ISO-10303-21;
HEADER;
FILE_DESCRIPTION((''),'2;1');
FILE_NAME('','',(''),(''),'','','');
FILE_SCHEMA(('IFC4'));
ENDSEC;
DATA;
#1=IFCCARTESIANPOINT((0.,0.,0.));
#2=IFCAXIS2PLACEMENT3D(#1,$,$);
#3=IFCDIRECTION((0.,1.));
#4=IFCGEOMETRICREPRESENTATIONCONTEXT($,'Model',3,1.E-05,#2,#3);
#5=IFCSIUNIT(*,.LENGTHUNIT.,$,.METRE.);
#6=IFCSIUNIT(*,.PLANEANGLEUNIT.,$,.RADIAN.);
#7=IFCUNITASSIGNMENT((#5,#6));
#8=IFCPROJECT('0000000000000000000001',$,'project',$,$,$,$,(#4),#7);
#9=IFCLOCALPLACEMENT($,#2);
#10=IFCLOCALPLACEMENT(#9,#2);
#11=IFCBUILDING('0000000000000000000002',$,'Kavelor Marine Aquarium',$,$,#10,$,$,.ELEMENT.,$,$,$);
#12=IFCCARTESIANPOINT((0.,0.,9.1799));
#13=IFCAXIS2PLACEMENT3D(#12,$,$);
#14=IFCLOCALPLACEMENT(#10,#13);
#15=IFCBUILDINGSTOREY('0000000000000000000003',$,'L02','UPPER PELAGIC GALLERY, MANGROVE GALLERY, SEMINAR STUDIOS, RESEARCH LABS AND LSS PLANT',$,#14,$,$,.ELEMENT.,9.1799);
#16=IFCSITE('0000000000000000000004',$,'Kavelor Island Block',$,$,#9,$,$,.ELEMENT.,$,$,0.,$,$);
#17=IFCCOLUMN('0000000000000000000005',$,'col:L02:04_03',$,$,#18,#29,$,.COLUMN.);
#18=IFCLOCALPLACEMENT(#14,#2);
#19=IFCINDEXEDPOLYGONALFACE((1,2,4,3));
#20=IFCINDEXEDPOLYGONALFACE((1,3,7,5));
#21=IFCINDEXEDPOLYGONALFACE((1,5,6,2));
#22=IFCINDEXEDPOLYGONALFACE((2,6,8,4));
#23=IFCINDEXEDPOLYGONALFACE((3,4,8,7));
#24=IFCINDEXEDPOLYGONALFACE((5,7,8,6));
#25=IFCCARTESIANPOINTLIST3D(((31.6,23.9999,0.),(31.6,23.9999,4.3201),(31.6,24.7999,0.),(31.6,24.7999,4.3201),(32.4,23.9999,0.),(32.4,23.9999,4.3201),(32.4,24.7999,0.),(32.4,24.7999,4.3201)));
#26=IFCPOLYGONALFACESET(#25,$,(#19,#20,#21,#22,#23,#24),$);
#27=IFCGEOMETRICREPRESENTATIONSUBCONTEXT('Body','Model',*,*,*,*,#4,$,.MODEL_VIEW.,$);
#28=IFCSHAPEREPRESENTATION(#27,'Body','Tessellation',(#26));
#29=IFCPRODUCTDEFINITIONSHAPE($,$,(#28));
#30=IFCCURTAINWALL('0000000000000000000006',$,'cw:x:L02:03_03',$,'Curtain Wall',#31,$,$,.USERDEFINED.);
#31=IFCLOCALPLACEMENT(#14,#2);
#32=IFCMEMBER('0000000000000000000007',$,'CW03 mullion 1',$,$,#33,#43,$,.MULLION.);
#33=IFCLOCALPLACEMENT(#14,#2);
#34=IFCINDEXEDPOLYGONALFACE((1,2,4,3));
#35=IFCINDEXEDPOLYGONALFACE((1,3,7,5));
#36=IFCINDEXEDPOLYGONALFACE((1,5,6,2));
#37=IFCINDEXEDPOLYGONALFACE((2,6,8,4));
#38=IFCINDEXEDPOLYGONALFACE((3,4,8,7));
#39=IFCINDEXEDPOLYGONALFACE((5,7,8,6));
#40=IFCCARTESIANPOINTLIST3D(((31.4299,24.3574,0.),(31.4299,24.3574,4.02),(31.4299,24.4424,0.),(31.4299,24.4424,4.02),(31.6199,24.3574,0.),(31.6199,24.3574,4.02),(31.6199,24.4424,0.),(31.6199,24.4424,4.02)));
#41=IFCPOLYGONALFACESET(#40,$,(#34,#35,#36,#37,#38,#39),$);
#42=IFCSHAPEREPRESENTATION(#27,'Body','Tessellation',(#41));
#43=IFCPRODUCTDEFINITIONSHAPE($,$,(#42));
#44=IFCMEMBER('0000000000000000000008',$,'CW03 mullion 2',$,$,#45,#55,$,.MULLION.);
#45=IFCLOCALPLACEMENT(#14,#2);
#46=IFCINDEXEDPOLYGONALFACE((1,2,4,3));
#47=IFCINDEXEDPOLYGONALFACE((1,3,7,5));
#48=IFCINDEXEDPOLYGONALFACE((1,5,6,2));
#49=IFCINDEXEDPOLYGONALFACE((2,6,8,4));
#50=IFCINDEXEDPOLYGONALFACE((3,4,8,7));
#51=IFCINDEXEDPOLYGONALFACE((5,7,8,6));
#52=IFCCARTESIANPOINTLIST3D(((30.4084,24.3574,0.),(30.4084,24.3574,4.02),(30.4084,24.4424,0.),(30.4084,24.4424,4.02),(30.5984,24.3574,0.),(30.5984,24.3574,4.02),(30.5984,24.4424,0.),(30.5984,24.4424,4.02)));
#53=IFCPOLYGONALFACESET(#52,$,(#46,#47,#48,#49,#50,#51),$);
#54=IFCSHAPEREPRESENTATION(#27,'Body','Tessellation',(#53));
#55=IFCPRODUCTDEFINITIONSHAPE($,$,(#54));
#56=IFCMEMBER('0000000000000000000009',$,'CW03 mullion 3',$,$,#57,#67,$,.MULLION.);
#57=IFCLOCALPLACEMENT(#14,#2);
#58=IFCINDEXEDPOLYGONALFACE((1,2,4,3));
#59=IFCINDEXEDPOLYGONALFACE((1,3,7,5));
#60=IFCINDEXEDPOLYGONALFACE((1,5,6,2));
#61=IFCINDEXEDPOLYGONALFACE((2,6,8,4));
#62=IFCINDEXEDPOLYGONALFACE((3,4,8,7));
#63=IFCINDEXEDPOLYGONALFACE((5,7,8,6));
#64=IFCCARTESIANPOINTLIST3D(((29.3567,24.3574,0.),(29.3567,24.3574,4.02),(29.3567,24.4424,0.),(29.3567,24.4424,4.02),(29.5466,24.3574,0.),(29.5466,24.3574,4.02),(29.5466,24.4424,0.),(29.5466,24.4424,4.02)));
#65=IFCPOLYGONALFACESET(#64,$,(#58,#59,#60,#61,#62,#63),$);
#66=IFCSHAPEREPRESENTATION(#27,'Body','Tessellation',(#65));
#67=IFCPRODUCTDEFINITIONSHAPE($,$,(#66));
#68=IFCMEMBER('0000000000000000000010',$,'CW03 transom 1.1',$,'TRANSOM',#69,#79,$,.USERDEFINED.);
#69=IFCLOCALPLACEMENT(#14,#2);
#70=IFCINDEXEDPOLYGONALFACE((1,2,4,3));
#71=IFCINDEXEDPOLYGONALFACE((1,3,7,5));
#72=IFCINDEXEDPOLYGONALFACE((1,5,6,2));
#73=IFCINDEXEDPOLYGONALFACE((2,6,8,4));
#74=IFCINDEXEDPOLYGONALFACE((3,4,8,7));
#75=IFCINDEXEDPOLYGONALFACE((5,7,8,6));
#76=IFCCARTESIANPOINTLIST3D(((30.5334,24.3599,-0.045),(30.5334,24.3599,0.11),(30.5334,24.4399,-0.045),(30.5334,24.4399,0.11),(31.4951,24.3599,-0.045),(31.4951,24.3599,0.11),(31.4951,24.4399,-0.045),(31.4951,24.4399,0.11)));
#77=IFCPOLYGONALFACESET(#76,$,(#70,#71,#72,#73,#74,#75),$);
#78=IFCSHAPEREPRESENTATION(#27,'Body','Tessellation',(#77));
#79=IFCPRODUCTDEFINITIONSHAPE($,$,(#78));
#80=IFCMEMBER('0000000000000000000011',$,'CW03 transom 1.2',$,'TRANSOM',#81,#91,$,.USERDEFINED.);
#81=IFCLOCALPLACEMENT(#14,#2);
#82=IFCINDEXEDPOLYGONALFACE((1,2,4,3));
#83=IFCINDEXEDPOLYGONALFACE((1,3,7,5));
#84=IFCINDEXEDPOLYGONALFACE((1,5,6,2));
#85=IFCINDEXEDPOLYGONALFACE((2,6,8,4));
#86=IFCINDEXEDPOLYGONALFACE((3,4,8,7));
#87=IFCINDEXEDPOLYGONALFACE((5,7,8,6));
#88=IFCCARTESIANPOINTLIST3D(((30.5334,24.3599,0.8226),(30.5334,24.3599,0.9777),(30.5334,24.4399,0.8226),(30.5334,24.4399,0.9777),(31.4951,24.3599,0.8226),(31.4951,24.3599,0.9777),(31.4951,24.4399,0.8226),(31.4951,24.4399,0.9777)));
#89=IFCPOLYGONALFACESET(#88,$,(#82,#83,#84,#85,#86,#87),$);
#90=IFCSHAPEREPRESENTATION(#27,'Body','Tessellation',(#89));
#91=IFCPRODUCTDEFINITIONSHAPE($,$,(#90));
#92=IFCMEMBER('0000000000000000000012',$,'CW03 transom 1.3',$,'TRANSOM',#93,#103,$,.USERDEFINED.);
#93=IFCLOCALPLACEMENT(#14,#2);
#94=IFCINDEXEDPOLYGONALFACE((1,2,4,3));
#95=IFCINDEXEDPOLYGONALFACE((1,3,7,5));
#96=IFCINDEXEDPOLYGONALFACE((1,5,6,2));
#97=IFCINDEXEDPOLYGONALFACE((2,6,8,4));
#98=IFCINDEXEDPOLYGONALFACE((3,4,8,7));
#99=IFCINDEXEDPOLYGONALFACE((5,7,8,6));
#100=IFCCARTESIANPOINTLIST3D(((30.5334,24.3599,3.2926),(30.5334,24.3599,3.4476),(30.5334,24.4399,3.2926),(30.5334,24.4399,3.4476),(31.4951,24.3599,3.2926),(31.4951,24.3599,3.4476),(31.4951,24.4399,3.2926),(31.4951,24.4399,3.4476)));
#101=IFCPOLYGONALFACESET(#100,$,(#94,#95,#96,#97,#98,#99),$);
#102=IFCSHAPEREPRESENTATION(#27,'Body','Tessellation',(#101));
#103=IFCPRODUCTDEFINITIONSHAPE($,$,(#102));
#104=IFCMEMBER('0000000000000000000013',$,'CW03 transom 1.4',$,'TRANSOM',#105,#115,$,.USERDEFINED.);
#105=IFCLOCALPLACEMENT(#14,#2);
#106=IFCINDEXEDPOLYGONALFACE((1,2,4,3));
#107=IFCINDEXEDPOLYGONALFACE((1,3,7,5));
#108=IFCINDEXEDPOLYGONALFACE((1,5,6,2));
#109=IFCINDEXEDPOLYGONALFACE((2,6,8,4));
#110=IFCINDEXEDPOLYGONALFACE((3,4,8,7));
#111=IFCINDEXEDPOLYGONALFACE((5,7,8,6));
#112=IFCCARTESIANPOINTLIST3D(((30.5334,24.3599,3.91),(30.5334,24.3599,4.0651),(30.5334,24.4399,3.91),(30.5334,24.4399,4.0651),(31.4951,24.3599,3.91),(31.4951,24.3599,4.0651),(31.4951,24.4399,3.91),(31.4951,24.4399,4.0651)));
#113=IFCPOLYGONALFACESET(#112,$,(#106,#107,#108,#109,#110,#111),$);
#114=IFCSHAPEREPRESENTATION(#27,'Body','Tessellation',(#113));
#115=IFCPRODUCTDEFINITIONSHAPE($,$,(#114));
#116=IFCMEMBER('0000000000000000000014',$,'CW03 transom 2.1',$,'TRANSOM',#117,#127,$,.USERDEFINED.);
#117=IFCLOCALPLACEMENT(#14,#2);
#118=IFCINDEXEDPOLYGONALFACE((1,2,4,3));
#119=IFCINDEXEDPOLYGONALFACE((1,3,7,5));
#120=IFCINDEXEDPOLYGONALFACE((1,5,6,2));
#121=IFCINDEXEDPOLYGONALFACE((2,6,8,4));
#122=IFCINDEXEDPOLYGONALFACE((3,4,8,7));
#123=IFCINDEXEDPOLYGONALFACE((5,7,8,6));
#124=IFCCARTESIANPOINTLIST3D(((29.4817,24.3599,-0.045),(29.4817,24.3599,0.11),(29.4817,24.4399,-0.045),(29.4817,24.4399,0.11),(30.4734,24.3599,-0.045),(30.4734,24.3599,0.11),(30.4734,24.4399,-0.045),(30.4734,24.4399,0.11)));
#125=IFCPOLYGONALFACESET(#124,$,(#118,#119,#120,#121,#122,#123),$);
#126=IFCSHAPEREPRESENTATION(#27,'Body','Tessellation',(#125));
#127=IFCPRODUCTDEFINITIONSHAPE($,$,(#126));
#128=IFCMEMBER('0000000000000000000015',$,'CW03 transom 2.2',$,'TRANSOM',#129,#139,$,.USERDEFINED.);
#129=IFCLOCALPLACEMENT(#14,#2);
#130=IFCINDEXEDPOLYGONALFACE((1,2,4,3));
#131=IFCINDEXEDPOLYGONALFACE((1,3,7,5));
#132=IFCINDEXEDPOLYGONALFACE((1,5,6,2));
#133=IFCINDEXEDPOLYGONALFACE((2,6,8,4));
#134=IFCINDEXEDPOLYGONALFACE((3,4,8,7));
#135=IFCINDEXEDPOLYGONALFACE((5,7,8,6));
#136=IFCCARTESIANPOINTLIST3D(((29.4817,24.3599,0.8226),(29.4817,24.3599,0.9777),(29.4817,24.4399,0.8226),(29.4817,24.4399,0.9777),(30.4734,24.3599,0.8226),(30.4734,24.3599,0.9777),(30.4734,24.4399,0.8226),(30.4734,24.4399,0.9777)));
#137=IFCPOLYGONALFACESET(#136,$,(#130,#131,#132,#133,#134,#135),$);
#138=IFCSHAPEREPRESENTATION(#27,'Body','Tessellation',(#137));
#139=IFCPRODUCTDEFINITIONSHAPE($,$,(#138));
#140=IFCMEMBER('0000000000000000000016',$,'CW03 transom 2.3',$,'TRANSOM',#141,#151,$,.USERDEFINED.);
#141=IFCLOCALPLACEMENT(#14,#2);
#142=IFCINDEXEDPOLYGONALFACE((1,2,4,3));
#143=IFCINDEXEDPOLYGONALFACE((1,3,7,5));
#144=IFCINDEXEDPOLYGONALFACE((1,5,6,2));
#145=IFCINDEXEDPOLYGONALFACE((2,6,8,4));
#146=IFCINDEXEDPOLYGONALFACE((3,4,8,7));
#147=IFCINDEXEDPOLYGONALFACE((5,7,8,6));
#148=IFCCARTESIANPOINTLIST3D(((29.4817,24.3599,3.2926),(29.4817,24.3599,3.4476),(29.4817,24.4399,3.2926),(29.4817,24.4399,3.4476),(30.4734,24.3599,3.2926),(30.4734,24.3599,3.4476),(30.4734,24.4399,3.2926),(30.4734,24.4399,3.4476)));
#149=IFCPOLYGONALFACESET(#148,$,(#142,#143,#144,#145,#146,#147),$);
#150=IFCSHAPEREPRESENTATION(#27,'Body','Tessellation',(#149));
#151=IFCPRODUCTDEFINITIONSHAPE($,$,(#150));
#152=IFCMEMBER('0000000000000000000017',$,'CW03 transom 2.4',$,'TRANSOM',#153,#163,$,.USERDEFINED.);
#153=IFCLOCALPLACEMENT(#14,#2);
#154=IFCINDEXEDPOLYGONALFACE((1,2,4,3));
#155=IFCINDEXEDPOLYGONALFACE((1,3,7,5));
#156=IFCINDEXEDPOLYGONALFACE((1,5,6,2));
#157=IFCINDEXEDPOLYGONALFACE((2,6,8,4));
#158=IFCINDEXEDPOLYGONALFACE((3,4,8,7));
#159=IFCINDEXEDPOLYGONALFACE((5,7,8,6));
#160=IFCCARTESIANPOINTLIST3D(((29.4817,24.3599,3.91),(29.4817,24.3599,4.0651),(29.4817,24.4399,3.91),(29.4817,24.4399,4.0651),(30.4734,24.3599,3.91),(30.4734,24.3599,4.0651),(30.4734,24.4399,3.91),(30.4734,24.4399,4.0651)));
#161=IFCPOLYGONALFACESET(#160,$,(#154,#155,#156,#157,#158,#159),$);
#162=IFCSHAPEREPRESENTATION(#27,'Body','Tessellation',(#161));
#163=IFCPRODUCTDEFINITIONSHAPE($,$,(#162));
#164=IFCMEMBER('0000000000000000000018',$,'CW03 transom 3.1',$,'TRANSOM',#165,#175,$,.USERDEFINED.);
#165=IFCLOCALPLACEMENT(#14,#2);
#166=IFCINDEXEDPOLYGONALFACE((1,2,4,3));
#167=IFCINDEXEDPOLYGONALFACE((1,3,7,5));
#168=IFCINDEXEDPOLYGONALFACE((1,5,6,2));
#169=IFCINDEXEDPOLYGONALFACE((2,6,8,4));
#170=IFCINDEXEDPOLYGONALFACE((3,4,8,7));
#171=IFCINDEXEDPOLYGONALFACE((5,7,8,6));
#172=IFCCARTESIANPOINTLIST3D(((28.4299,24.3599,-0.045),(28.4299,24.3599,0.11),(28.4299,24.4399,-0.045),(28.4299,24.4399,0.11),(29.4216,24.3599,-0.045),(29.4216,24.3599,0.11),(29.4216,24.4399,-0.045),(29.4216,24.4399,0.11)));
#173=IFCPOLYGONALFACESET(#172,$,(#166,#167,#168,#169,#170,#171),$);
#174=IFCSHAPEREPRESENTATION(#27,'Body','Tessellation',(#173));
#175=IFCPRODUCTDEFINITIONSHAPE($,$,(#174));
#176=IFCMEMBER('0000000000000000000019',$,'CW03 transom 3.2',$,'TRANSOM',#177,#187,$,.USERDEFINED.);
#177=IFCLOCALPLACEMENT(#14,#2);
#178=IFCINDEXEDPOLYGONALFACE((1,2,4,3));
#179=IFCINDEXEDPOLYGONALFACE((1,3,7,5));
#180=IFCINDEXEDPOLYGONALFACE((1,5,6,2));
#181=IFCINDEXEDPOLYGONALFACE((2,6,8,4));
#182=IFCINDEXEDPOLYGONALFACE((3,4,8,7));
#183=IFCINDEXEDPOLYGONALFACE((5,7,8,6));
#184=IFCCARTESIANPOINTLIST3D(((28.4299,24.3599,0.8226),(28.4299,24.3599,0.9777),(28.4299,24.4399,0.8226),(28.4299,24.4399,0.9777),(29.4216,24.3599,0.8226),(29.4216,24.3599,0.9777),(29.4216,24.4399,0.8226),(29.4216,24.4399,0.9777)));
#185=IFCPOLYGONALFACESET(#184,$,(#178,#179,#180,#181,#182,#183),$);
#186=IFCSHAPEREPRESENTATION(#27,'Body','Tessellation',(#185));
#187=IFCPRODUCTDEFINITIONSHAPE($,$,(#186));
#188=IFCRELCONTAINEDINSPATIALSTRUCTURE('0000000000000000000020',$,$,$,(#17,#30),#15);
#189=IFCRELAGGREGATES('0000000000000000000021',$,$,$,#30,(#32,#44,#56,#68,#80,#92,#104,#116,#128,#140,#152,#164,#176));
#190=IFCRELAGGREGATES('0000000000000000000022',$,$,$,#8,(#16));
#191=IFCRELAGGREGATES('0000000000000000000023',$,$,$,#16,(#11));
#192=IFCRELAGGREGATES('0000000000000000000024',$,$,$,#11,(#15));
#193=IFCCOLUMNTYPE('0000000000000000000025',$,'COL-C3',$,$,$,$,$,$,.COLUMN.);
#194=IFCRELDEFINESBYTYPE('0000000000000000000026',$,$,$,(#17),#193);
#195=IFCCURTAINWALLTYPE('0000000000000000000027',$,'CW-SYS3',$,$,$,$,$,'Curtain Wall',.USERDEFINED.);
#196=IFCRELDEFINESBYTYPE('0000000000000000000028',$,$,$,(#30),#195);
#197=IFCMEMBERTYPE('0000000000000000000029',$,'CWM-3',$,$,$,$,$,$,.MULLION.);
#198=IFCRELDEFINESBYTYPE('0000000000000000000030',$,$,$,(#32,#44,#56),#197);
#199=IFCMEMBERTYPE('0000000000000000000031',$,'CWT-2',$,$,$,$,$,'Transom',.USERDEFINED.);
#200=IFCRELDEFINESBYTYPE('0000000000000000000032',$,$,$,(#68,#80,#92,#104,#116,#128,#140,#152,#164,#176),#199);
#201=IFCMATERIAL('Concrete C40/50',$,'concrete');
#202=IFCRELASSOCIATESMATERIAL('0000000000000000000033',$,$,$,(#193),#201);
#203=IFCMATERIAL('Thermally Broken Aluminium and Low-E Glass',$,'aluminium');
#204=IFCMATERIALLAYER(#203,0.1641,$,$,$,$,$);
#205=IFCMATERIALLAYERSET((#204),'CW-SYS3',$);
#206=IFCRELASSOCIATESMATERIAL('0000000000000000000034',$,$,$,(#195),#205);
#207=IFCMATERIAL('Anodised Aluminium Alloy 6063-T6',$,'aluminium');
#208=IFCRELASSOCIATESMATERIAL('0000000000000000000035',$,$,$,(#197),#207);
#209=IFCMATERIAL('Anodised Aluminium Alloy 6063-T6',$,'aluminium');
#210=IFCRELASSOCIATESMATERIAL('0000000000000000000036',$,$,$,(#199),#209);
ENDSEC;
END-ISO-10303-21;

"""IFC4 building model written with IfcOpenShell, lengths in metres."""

from ifc_helpers import new_model, si_unit, direction, frame, origin, origin_2d, place, context, subcontext, project, spatial, rectangle, extrude, material, layer, layer_set, material_profile, profile_set, type_object, element, aggregate, save


model = new_model("IFC4")

# Units and contexts
model_context = context("Model", 3, precision=1e-05, world=origin(), true_north=direction((0.0, 1.0)))
body_context = subcontext(model_context, "Body", "Model", "MODEL_VIEW")
ifc_project = project(units=[si_unit("LENGTHUNIT", "METRE"), si_unit("PLANEANGLEUNIT", "RADIAN")], contexts=[model_context])

# Site, building, storey
site_placement = place(None, origin())
site = spatial("IfcSite", under=ifc_project, at=site_placement, Name="Kavelor Island Block", CompositionType="ELEMENT", RefElevation=0.0)
building_placement = place(site_placement, origin())
building = spatial("IfcBuilding", under=site, at=building_placement, Name="Kavelor Marine Aquarium", CompositionType="ELEMENT")
storey_placement = place(building_placement, frame((0.0, 0.0, 9.1799)))
storey = spatial("IfcBuildingStorey", under=building, at=storey_placement, Name="L02", Description="UPPER PELAGIC GALLERY, MANGROVE GALLERY, SEMINAR STUDIOS, RESEARCH LABS AND LSS PLANT", CompositionType="ELEMENT", Elevation=9.1799)

# Column
ifc_material_1 = material(Name="Concrete C40/50", Category="concrete")
ifc_material_profile_1 = material_profile(ifc_material_1, rectangle(XDim=0.8, YDim=0.8, at=origin_2d()), Name="RC-COL 800x800")
ifc_profile_set_1 = profile_set([ifc_material_profile_1], Name="Concrete C40/50")
column_type = type_object("IfcColumnType", Name="COL-C3", PredefinedType="COLUMN", material=ifc_profile_set_1)
column_placement = place(storey_placement, frame((32.0, 24.3999, 0.0), z_axis=(0.0, 0.0, 1.0), x_axis=(1.0, 0.0, 0.0)))
element("IfcColumn", 1, at=column_placement, inside=storey, type_object=column_type, Name="col:L02:04_03", PredefinedType="COLUMN", context=body_context, shape_type="SweptSolid", body=[
    extrude(rectangle(XDim=0.8, YDim=0.8, at=origin_2d()), origin(), (0.0, 0.0, 1.0), 4.3201),
])

# Curtain wall, members
ifc_material_2 = material(Name="Thermally Broken Aluminium and Low-E Glass", Category="aluminium")
ifc_layer_1 = layer(ifc_material_2, 0.1641)
ifc_layer_set_1 = layer_set([ifc_layer_1], Name="CW-SYS3")
curtain_wall_type = type_object("IfcCurtainWallType", Name="CW-SYS3", ElementType="Curtain Wall", PredefinedType="USERDEFINED", material=ifc_layer_set_1)
curtain_wall_placement = place(storey_placement, origin())
curtain_wall = element("IfcCurtainWall", 2, at=curtain_wall_placement, inside=storey, type_object=curtain_wall_type, Name="cw:x:L02:03_03", ObjectType="Curtain Wall", PredefinedType="USERDEFINED")
ifc_material_3 = material(Name="Anodised Aluminium Alloy 6063-T6", Category="aluminium")
ifc_material_profile_2 = material_profile(ifc_material_3, rectangle(XDim=0.085, YDim=0.1899, at=origin_2d()), Name="CW-MUL 85x190")
ifc_profile_set_2 = profile_set([ifc_material_profile_2], Name="Anodised Aluminium Alloy 6063-T6")
member_type_1 = type_object("IfcMemberType", Name="CWM-3", PredefinedType="MULLION", material=ifc_profile_set_2)
member_1_placement = place(storey_placement, frame((31.5249, 24.3999, 0.0), z_axis=(0.0, 0.0, 1.0), x_axis=(0.0, -1.0, 0.0)))
member_1 = element("IfcMember", 3, at=member_1_placement, type_object=member_type_1, Name="CW03 mullion 1", PredefinedType="MULLION", context=body_context, shape_type="SweptSolid", body=[
    extrude(rectangle(XDim=0.085, YDim=0.1899, at=origin_2d()), origin(), (0.0, 0.0, 1.0), 4.02),
])
member_2_placement = place(storey_placement, frame((30.5034, 24.3999, 0.0), z_axis=(0.0, 0.0, 1.0), x_axis=(0.0, -1.0, 0.0)))
member_2 = element("IfcMember", 4, at=member_2_placement, type_object=member_type_1, Name="CW03 mullion 2", PredefinedType="MULLION", context=body_context, shape_type="SweptSolid", body=[
    extrude(rectangle(XDim=0.085, YDim=0.1899, at=origin_2d()), origin(), (0.0, 0.0, 1.0), 4.02),
])
member_3_placement = place(storey_placement, frame((29.4517, 24.3999, 0.0), z_axis=(0.0, 0.0, 1.0), x_axis=(0.0, -1.0, 0.0)))
member_3 = element("IfcMember", 5, at=member_3_placement, type_object=member_type_1, Name="CW03 mullion 3", PredefinedType="MULLION", context=body_context, shape_type="SweptSolid", body=[
    extrude(rectangle(XDim=0.085, YDim=0.1899, at=origin_2d()), origin(), (0.0, 0.0, 1.0), 4.02),
])
ifc_material_4 = material(Name="Anodised Aluminium Alloy 6063-T6", Category="aluminium")
ifc_material_profile_3 = material_profile(ifc_material_4, rectangle(XDim=0.0801, YDim=0.155, at=origin_2d()), Name="CW-TRN 80x155")
ifc_profile_set_3 = profile_set([ifc_material_profile_3], Name="Anodised Aluminium Alloy 6063-T6")
member_type_2 = type_object("IfcMemberType", Name="CWT-2", ElementType="Transom", PredefinedType="USERDEFINED", material=ifc_profile_set_3)
member_4_placement = place(storey_placement, frame((31.4951, 24.3999, 0.0325), z_axis=(-1.0, 0.0, 0.0), x_axis=(0.0, -1.0, 0.0)))
member_4 = element("IfcMember", 6, at=member_4_placement, type_object=member_type_2, Name="CW03 transom 1.1", ObjectType="TRANSOM", PredefinedType="USERDEFINED", context=body_context, shape_type="SweptSolid", body=[
    extrude(rectangle(XDim=0.0801, YDim=0.155, at=origin_2d()), origin(), (0.0, 0.0, 1.0), 0.9617),
])
member_5_placement = place(storey_placement, frame((31.4951, 24.3999, 0.9001), z_axis=(-1.0, 0.0, 0.0), x_axis=(0.0, -1.0, 0.0)))
member_5 = element("IfcMember", 7, at=member_5_placement, type_object=member_type_2, Name="CW03 transom 1.2", ObjectType="TRANSOM", PredefinedType="USERDEFINED", context=body_context, shape_type="SweptSolid", body=[
    extrude(rectangle(XDim=0.0801, YDim=0.155, at=origin_2d()), origin(), (0.0, 0.0, 1.0), 0.9617),
])
member_6_placement = place(storey_placement, frame((31.4951, 24.3999, 3.3701), z_axis=(-1.0, 0.0, 0.0), x_axis=(0.0, -1.0, 0.0)))
member_6 = element("IfcMember", 8, at=member_6_placement, type_object=member_type_2, Name="CW03 transom 1.3", ObjectType="TRANSOM", PredefinedType="USERDEFINED", context=body_context, shape_type="SweptSolid", body=[
    extrude(rectangle(XDim=0.0801, YDim=0.155, at=origin_2d()), origin(), (0.0, 0.0, 1.0), 0.9617),
])
member_7_placement = place(storey_placement, frame((31.4951, 24.3999, 3.9875), z_axis=(-1.0, 0.0, 0.0), x_axis=(0.0, -1.0, 0.0)))
member_7 = element("IfcMember", 9, at=member_7_placement, type_object=member_type_2, Name="CW03 transom 1.4", ObjectType="TRANSOM", PredefinedType="USERDEFINED", context=body_context, shape_type="SweptSolid", body=[
    extrude(rectangle(XDim=0.0801, YDim=0.155, at=origin_2d()), origin(), (0.0, 0.0, 1.0), 0.9617),
])
member_8_placement = place(storey_placement, frame((30.4734, 24.3999, 0.0325), z_axis=(-1.0, 0.0, 0.0), x_axis=(0.0, -1.0, 0.0)))
member_8 = element("IfcMember", 10, at=member_8_placement, type_object=member_type_2, Name="CW03 transom 2.1", ObjectType="TRANSOM", PredefinedType="USERDEFINED", context=body_context, shape_type="SweptSolid", body=[
    extrude(rectangle(XDim=0.0801, YDim=0.155, at=origin_2d()), origin(), (0.0, 0.0, 1.0), 0.9917),
])
member_9_placement = place(storey_placement, frame((30.4734, 24.3999, 0.9001), z_axis=(-1.0, 0.0, 0.0), x_axis=(0.0, -1.0, 0.0)))
member_9 = element("IfcMember", 11, at=member_9_placement, type_object=member_type_2, Name="CW03 transom 2.2", ObjectType="TRANSOM", PredefinedType="USERDEFINED", context=body_context, shape_type="SweptSolid", body=[
    extrude(rectangle(XDim=0.0801, YDim=0.155, at=origin_2d()), origin(), (0.0, 0.0, 1.0), 0.9917),
])
member_10_placement = place(storey_placement, frame((30.4734, 24.3999, 3.3701), z_axis=(-1.0, 0.0, 0.0), x_axis=(0.0, -1.0, 0.0)))
member_10 = element("IfcMember", 12, at=member_10_placement, type_object=member_type_2, Name="CW03 transom 2.3", ObjectType="TRANSOM", PredefinedType="USERDEFINED", context=body_context, shape_type="SweptSolid", body=[
    extrude(rectangle(XDim=0.0801, YDim=0.155, at=origin_2d()), origin(), (0.0, 0.0, 1.0), 0.9917),
])
member_11_placement = place(storey_placement, frame((30.4734, 24.3999, 3.9875), z_axis=(-1.0, 0.0, 0.0), x_axis=(0.0, -1.0, 0.0)))
member_11 = element("IfcMember", 13, at=member_11_placement, type_object=member_type_2, Name="CW03 transom 2.4", ObjectType="TRANSOM", PredefinedType="USERDEFINED", context=body_context, shape_type="SweptSolid", body=[
    extrude(rectangle(XDim=0.0801, YDim=0.155, at=origin_2d()), origin(), (0.0, 0.0, 1.0), 0.9917),
])
member_12_placement = place(storey_placement, frame((29.4216, 24.3999, 0.0325), z_axis=(-1.0, 0.0, 0.0), x_axis=(0.0, -1.0, 0.0)))
member_12 = element("IfcMember", 14, at=member_12_placement, type_object=member_type_2, Name="CW03 transom 3.1", ObjectType="TRANSOM", PredefinedType="USERDEFINED", context=body_context, shape_type="SweptSolid", body=[
    extrude(rectangle(XDim=0.0801, YDim=0.155, at=origin_2d()), origin(), (0.0, 0.0, 1.0), 0.9917),
])
member_13_placement = place(storey_placement, frame((29.4216, 24.3999, 0.9001), z_axis=(-1.0, 0.0, 0.0), x_axis=(0.0, -1.0, 0.0)))
member_13 = element("IfcMember", 15, at=member_13_placement, type_object=member_type_2, Name="CW03 transom 3.2", ObjectType="TRANSOM", PredefinedType="USERDEFINED", context=body_context, shape_type="SweptSolid", body=[
    extrude(rectangle(XDim=0.0801, YDim=0.155, at=origin_2d()), origin(), (0.0, 0.0, 1.0), 0.9917),
])
aggregate(curtain_wall, [member_1, member_2, member_3, member_4, member_5, member_6, member_7, member_8, member_9, member_10, member_11, member_12, member_13])

save(model, "model.ifc")
